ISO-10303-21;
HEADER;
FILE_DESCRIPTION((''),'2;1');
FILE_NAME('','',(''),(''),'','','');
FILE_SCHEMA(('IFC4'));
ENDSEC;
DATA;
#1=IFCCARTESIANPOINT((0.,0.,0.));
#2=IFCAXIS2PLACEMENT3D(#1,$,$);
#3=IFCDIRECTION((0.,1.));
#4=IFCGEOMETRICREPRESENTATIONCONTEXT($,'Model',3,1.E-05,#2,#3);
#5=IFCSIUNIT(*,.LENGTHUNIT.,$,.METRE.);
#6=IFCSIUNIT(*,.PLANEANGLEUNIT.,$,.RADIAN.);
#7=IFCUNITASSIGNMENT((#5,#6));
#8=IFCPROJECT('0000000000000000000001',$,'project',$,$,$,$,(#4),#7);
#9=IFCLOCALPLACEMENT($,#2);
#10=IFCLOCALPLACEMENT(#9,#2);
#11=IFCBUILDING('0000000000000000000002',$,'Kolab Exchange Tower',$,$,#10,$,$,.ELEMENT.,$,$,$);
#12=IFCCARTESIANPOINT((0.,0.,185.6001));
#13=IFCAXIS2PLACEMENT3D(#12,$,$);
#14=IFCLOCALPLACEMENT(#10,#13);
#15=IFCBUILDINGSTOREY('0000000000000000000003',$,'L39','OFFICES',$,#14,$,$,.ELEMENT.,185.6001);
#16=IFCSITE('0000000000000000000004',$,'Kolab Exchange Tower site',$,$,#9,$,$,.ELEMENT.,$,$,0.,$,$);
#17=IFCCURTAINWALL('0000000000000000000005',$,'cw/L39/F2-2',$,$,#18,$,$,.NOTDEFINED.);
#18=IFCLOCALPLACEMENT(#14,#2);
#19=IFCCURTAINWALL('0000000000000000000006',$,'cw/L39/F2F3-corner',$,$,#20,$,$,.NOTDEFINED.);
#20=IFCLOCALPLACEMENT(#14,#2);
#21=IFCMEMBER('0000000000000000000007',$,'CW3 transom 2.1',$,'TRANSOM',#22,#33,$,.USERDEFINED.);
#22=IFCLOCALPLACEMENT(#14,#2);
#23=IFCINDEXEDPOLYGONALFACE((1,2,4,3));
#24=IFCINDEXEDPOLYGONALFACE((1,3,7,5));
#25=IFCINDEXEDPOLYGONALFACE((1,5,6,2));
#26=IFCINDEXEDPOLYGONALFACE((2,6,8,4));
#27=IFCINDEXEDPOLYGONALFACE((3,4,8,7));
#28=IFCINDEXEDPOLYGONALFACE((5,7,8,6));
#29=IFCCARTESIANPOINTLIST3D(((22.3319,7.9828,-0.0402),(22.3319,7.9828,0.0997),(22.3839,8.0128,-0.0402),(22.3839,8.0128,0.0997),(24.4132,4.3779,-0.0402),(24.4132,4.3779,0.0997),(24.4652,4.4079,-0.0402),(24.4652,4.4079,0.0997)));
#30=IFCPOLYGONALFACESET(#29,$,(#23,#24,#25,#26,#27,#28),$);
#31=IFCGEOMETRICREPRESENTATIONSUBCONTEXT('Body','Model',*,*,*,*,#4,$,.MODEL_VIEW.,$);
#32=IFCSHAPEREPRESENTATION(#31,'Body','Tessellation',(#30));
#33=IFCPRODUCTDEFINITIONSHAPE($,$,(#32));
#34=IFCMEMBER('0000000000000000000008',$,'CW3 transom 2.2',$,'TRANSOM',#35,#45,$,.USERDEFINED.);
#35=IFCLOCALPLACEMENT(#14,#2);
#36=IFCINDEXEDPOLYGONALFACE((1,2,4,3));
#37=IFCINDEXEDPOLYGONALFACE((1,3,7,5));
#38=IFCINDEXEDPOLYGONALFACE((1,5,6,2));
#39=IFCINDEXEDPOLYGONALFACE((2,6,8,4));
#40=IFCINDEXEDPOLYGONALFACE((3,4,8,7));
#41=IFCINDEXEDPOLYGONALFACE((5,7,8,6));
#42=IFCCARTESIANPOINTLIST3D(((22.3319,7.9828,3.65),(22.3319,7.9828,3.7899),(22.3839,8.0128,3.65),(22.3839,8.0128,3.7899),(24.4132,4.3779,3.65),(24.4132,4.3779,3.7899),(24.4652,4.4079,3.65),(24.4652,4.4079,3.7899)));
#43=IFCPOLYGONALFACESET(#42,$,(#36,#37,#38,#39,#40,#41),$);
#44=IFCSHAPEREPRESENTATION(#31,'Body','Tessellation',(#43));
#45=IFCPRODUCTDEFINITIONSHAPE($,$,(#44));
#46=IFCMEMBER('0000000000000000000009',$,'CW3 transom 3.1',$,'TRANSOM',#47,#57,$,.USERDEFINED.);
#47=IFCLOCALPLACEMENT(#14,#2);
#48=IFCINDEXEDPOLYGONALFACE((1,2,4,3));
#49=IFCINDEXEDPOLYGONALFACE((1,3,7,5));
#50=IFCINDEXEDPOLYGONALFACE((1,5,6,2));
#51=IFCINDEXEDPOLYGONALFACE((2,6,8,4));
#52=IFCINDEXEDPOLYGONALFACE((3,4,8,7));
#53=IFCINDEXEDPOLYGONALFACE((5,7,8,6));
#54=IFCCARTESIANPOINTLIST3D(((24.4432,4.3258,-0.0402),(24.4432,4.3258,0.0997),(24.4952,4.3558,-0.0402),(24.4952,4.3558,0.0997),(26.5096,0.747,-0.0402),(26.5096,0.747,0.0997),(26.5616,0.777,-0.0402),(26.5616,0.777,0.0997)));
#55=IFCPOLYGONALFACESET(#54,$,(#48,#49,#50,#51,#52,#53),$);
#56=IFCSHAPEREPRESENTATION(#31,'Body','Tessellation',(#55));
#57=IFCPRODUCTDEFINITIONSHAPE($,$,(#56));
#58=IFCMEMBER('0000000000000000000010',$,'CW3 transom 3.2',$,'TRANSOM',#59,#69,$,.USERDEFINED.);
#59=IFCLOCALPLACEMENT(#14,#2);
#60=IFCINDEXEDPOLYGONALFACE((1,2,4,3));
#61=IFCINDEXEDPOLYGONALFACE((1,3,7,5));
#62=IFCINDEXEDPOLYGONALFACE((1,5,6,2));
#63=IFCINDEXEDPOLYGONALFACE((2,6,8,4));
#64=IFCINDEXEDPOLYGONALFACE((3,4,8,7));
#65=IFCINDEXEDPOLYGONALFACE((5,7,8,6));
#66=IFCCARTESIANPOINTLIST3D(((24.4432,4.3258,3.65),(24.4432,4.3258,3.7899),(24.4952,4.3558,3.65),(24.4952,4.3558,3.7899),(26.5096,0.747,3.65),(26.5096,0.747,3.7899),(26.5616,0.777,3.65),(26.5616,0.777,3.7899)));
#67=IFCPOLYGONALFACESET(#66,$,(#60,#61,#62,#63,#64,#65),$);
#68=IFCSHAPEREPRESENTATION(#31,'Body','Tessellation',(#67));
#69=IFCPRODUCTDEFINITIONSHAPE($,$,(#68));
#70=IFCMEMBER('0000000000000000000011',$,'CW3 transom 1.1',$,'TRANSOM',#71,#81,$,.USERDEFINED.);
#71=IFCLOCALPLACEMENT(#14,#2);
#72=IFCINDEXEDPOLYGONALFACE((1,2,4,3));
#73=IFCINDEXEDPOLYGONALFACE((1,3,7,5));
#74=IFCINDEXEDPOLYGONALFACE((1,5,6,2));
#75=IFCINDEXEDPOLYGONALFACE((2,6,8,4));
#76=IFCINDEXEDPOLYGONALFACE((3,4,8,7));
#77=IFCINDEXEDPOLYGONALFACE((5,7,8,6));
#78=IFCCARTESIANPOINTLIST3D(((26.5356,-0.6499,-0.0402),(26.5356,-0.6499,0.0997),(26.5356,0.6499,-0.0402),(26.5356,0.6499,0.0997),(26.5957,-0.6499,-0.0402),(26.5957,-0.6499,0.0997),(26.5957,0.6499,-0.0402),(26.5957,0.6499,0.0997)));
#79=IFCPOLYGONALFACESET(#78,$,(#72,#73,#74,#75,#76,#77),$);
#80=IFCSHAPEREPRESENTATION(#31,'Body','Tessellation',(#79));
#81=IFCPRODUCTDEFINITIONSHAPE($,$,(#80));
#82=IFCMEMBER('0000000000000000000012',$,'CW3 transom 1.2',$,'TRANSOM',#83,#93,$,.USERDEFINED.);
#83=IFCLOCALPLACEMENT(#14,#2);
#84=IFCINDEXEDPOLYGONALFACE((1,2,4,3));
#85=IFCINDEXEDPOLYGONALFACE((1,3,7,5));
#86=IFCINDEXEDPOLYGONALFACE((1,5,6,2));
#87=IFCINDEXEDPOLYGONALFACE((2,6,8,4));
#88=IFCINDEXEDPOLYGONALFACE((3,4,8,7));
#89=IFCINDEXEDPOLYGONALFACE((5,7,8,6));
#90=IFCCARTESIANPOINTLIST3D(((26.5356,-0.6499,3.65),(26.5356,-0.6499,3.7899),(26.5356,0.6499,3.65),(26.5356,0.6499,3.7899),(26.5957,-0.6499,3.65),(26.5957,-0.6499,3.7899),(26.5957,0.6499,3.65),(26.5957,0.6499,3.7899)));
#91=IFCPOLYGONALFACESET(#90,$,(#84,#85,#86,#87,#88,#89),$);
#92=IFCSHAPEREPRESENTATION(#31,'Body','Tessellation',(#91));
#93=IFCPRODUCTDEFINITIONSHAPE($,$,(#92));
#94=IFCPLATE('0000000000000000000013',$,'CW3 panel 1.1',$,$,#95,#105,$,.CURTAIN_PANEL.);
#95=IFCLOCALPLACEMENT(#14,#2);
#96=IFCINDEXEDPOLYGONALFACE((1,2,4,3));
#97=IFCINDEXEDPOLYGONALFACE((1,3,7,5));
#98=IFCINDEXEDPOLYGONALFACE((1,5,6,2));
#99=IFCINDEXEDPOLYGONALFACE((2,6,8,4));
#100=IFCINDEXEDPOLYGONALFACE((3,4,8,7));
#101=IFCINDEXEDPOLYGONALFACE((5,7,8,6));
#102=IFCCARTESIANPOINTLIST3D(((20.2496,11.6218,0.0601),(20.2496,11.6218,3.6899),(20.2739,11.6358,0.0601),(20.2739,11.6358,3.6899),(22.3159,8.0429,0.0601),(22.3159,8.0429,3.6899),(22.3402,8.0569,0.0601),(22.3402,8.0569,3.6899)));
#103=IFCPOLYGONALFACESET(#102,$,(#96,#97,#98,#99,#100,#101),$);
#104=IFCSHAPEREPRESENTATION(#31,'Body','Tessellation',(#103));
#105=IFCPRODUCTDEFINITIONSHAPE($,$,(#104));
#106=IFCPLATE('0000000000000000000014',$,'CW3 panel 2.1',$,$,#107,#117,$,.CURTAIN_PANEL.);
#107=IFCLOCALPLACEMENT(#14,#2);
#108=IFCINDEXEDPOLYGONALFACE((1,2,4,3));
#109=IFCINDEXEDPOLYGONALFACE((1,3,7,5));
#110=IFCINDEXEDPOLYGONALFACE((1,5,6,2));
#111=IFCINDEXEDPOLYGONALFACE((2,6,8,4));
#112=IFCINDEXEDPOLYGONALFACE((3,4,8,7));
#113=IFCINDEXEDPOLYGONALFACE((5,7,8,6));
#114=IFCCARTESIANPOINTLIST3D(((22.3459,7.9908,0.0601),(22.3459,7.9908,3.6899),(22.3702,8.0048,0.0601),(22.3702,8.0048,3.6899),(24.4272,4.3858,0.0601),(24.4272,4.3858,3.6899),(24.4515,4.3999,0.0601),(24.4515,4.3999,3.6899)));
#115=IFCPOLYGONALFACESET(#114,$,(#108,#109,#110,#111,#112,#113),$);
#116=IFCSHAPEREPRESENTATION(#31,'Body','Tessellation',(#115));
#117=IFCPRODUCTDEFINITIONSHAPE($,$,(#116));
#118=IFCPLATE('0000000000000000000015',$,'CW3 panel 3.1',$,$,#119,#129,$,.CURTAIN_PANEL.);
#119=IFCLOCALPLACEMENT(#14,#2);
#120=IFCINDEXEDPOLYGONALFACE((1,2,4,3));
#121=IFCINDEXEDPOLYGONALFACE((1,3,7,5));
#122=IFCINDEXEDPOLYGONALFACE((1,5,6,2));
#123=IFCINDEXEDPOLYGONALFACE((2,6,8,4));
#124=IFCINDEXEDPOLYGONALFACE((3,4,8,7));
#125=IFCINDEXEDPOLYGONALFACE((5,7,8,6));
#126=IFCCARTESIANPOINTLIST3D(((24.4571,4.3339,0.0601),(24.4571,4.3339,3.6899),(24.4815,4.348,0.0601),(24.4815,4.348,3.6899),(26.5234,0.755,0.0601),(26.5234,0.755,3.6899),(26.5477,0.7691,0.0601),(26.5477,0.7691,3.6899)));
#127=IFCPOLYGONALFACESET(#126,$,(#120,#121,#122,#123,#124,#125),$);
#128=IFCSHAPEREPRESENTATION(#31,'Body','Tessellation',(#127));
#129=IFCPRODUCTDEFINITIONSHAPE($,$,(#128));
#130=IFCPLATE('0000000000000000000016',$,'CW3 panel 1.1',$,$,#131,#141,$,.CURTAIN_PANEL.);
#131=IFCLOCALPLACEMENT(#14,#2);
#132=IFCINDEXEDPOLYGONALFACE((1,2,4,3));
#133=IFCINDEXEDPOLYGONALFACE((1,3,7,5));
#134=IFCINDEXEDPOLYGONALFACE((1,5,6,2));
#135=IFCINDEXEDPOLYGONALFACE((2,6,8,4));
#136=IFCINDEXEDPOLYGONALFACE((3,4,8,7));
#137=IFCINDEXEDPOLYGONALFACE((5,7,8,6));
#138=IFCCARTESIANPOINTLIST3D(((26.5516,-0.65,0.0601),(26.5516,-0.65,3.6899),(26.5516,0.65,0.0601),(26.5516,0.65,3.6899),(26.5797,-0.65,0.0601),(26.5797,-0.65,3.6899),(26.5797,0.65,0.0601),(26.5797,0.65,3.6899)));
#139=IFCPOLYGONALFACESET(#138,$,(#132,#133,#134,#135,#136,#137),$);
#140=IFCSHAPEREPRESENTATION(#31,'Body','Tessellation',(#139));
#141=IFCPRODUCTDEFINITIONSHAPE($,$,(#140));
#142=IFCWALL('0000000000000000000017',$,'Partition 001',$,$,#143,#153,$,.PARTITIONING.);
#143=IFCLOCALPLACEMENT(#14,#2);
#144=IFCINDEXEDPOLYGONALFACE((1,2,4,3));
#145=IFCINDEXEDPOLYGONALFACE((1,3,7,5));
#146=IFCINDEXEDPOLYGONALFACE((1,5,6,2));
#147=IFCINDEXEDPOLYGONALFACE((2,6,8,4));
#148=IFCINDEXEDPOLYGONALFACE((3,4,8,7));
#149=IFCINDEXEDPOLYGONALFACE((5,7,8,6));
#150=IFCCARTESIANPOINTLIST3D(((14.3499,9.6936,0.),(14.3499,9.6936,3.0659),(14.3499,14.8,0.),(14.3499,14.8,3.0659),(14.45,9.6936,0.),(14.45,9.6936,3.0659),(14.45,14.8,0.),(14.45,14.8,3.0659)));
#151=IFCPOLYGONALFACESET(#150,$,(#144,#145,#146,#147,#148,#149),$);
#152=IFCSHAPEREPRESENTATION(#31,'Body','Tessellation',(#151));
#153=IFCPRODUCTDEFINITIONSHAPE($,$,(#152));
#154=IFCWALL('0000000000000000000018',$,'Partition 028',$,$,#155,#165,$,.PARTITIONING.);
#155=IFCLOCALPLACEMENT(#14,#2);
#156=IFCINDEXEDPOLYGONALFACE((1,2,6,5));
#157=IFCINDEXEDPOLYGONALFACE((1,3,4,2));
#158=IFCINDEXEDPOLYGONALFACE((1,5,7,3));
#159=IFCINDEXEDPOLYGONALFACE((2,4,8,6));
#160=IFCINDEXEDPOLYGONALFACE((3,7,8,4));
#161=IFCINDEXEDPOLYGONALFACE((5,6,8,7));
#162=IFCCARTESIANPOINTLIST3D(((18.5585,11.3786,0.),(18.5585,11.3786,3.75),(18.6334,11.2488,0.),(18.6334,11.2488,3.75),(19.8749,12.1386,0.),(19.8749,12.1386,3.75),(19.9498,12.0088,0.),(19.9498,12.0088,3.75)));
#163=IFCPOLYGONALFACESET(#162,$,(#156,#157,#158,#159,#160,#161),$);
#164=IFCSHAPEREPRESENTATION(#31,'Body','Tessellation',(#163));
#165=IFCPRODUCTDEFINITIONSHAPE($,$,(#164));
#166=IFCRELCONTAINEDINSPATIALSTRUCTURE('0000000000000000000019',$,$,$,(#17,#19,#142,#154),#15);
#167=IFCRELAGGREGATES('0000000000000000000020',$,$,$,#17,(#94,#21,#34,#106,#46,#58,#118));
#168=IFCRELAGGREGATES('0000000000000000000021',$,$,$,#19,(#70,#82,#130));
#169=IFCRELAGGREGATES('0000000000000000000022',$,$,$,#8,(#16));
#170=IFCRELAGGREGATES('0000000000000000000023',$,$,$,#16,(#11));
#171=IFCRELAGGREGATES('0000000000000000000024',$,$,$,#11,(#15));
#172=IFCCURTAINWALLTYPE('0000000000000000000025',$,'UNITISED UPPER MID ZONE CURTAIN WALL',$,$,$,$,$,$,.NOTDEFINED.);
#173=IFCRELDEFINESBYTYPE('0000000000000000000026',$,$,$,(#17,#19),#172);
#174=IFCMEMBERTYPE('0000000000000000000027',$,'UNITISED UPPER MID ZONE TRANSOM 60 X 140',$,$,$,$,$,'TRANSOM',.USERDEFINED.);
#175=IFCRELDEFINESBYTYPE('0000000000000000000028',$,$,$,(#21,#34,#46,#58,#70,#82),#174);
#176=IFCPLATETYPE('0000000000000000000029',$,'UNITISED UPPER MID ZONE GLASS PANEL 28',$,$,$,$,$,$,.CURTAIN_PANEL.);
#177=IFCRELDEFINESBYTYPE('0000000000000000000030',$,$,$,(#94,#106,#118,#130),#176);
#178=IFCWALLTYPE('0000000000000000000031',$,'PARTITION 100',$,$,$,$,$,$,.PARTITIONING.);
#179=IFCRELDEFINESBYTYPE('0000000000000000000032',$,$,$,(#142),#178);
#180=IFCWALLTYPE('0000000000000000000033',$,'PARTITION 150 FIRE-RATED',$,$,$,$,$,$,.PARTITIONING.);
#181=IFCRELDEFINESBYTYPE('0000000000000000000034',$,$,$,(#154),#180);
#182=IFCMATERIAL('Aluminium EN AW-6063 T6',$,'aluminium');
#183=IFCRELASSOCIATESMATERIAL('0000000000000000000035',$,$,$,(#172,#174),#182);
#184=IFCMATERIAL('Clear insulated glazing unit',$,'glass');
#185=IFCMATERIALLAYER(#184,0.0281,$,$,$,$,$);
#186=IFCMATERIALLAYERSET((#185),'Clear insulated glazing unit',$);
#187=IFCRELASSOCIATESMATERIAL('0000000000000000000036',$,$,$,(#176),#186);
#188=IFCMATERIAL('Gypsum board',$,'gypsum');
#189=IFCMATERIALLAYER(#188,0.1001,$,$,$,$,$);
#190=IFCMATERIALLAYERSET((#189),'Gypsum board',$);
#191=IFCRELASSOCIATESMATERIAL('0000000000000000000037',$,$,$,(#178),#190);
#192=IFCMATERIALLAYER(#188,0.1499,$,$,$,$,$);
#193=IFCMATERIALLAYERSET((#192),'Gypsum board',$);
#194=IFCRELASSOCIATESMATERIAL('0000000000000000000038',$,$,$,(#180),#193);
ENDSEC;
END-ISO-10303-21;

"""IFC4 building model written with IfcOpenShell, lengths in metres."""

from ifc_helpers import new_model, si_unit, direction, frame, frame_2d, origin, origin_2d, place, context, subcontext, project, spatial, rectangle, extrude, material, layer, layer_set, material_profile, profile_set, type_object, element, aggregate, save


model = new_model("IFC4")

# Units and contexts
model_context = context("Model", 3, precision=1e-05, world=origin(), true_north=direction((0.0, 1.0)))
body_context = subcontext(model_context, "Body", "Model", "MODEL_VIEW")
ifc_project = project(units=[si_unit("LENGTHUNIT", "METRE"), si_unit("PLANEANGLEUNIT", "RADIAN")], contexts=[model_context])

# Site, building, storey
site_placement = place(None, origin())
site = spatial("IfcSite", under=ifc_project, at=site_placement, Name="Kolab Exchange Tower site", CompositionType="ELEMENT", RefElevation=0.0)
building_placement = place(site_placement, origin())
building = spatial("IfcBuilding", under=site, at=building_placement, Name="Kolab Exchange Tower", CompositionType="ELEMENT")
storey_placement = place(building_placement, frame((0.0, 0.0, 185.6001)))
storey = spatial("IfcBuildingStorey", under=building, at=storey_placement, Name="L39", Description="OFFICES", CompositionType="ELEMENT", Elevation=185.6001)

# Curtain wall
ifc_material_1 = material(Name="Aluminium EN AW-6063 T6", Category="aluminium")
curtain_wall_type = type_object("IfcCurtainWallType", Name="UNITISED UPPER MID ZONE CURTAIN WALL", PredefinedType="NOTDEFINED", material=ifc_material_1)
curtain_wall_1_placement = place(storey_placement, origin())
curtain_wall_1 = element("IfcCurtainWall", 1, at=curtain_wall_1_placement, inside=storey, type_object=curtain_wall_type, Name="cw/L39/F2-2", PredefinedType="NOTDEFINED")

# Curtain wall
curtain_wall_2_placement = place(storey_placement, origin())
curtain_wall_2 = element("IfcCurtainWall", 2, at=curtain_wall_2_placement, inside=storey, type_object=curtain_wall_type, Name="cw/L39/F2F3-corner", PredefinedType="NOTDEFINED")

# Members
ifc_material_profile_1 = material_profile(ifc_material_1, rectangle(XDim=0.0601, YDim=0.1399, at=origin_2d()), Name="RECT 60X140")
ifc_profile_set_1 = profile_set([ifc_material_profile_1], Name="Aluminium EN AW-6063 T6")
member_type_1 = type_object("IfcMemberType", Name="UNITISED UPPER MID ZONE TRANSOM 60 X 140", ElementType="TRANSOM", PredefinedType="USERDEFINED", material=ifc_profile_set_1)
member_1_placement = place(storey_placement, frame((22.3579, 7.9978, 0.0298), z_axis=(0.499993, -0.866029, 0.0), x_axis=(0.866029, 0.499993, 0.0)))
member_1 = element("IfcMember", 3, at=member_1_placement, type_object=member_type_1, Name="CW3 transom 2.1", ObjectType="TRANSOM", PredefinedType="USERDEFINED", context=body_context, shape_type="SweptSolid", body=[
    extrude(rectangle(XDim=0.0601, YDim=0.1399, at=origin_2d()), origin(), (0.0, 0.0, 1.0), 4.1626),
])
member_2_placement = place(storey_placement, frame((22.3579, 7.9978, 3.72), z_axis=(0.499993, -0.866029, 0.0), x_axis=(0.866029, 0.499993, 0.0)))
member_2 = element("IfcMember", 4, at=member_2_placement, type_object=member_type_1, Name="CW3 transom 2.2", ObjectType="TRANSOM", PredefinedType="USERDEFINED", context=body_context, shape_type="SweptSolid", body=[
    extrude(rectangle(XDim=0.0601, YDim=0.1399, at=origin_2d()), origin(), (0.0, 0.0, 1.0), 4.1626),
])
member_3_placement = place(storey_placement, frame((24.4692, 4.3408, 0.0298), z_axis=(0.500028, -0.866009, 0.0), x_axis=(0.866009, 0.500028, 0.0)))
member_3 = element("IfcMember", 5, at=member_3_placement, type_object=member_type_1, Name="CW3 transom 3.1", ObjectType="TRANSOM", PredefinedType="USERDEFINED", context=body_context, shape_type="SweptSolid", body=[
    extrude(rectangle(XDim=0.0601, YDim=0.1399, at=origin_2d()), origin(), (0.0, 0.0, 1.0), 4.1326),
])
member_4_placement = place(storey_placement, frame((24.4692, 4.3408, 3.72), z_axis=(0.500028, -0.866009, 0.0), x_axis=(0.866009, 0.500028, 0.0)))
member_4 = element("IfcMember", 6, at=member_4_placement, type_object=member_type_1, Name="CW3 transom 3.2", ObjectType="TRANSOM", PredefinedType="USERDEFINED", context=body_context, shape_type="SweptSolid", body=[
    extrude(rectangle(XDim=0.0601, YDim=0.1399, at=origin_2d()), origin(), (0.0, 0.0, 1.0), 4.1326),
])
member_5_placement = place(storey_placement, frame((26.5657, 0.6499, 0.0298), z_axis=(0.0, -1.0, 0.0), x_axis=(1.0, 0.0, 0.0)))
member_5 = element("IfcMember", 7, at=member_5_placement, type_object=member_type_1, Name="CW3 transom 1.1", ObjectType="TRANSOM", PredefinedType="USERDEFINED", context=body_context, shape_type="SweptSolid", body=[
    extrude(rectangle(XDim=0.0601, YDim=0.1399, at=origin_2d()), origin(), (0.0, 0.0, 1.0), 1.2998),
])
member_6_placement = place(storey_placement, frame((26.5657, 0.6499, 3.72), z_axis=(0.0, -1.0, 0.0), x_axis=(1.0, 0.0, 0.0)))
member_6 = element("IfcMember", 8, at=member_6_placement, type_object=member_type_1, Name="CW3 transom 1.2", ObjectType="TRANSOM", PredefinedType="USERDEFINED", context=body_context, shape_type="SweptSolid", body=[
    extrude(rectangle(XDim=0.0601, YDim=0.1399, at=origin_2d()), origin(), (0.0, 0.0, 1.0), 1.2998),
])

# Plates
ifc_material_2 = material(Name="Clear insulated glazing unit", Category="glass")
ifc_layer_1 = layer(ifc_material_2, 0.0281)
ifc_layer_set_1 = layer_set([ifc_layer_1], Name="Clear insulated glazing unit")
plate_type = type_object("IfcPlateType", Name="UNITISED UPPER MID ZONE GLASS PANEL 28", PredefinedType="CURTAIN_PANEL", material=ifc_layer_set_1)
plate_1_placement = place(storey_placement, frame((21.2949, 9.8394, 0.0601), z_axis=(0.0, 0.0, 1.0), x_axis=(0.5, -0.866025, 0.0)))
plate_1 = element("IfcPlate", 9, at=plate_1_placement, type_object=plate_type, Name="CW3 panel 1.1", PredefinedType="CURTAIN_PANEL", context=body_context, shape_type="SweptSolid", body=[
    extrude(rectangle(XDim=4.1326, YDim=0.0281, at=origin_2d()), origin(), (0.0, 0.0, 1.0), 3.6299),
])
plate_2_placement = place(storey_placement, frame((23.3987, 6.1953, 0.0601), z_axis=(0.0, 0.0, 1.0), x_axis=(0.5, -0.866025, 0.0)))
plate_2 = element("IfcPlate", 10, at=plate_2_placement, type_object=plate_type, Name="CW3 panel 2.1", PredefinedType="CURTAIN_PANEL", context=body_context, shape_type="SweptSolid", body=[
    extrude(rectangle(XDim=4.1626, YDim=0.0281, at=origin_2d()), origin(), (0.0, 0.0, 1.0), 3.6299),
])
plate_3_placement = place(storey_placement, frame((25.5024, 2.5515, 0.0601), z_axis=(0.0, 0.0, 1.0), x_axis=(0.5, -0.866025, 0.0)))
plate_3 = element("IfcPlate", 11, at=plate_3_placement, type_object=plate_type, Name="CW3 panel 3.1", PredefinedType="CURTAIN_PANEL", context=body_context, shape_type="SweptSolid", body=[
    extrude(rectangle(XDim=4.1326, YDim=0.0281, at=origin_2d()), origin(), (0.0, 0.0, 1.0), 3.6299),
])
aggregate(curtain_wall_1, [plate_1, member_1, member_2, plate_2, member_3, member_4, plate_3])
plate_4_placement = place(storey_placement, frame((26.5657, 0.0, 0.0601), z_axis=(0.0, 0.0, 1.0), x_axis=(0.0, -1.0, 0.0)))
plate_4 = element("IfcPlate", 12, at=plate_4_placement, type_object=plate_type, Name="CW3 panel 1.1", PredefinedType="CURTAIN_PANEL", context=body_context, shape_type="SweptSolid", body=[
    extrude(rectangle(XDim=1.3, YDim=0.0281, at=origin_2d()), origin(), (0.0, 0.0, 1.0), 3.6299),
])
aggregate(curtain_wall_2, [member_5, member_6, plate_4])

# Walls
ifc_material_3 = material(Name="Gypsum board", Category="gypsum")
ifc_layer_2 = layer(ifc_material_3, 0.1001)
ifc_layer_set_2 = layer_set([ifc_layer_2], Name="Gypsum board")
wall_type_1 = type_object("IfcWallType", Name="PARTITION 100", PredefinedType="PARTITIONING", material=ifc_layer_set_2)
wall_1_placement = place(storey_placement, frame((14.3999, 9.6936, 0.0), z_axis=(0.0, 0.0, 1.0), x_axis=(0.0, 1.0, 0.0)))
element("IfcWall", 13, at=wall_1_placement, inside=storey, type_object=wall_type_1, Name="Partition 001", PredefinedType="PARTITIONING", context=body_context, shape_type="SweptSolid", body=[
    extrude(rectangle(XDim=5.1064, YDim=0.1001, at=frame_2d((2.5532, 0.0))), origin(), (0.0, 0.0, 1.0), 3.0659),
])
ifc_layer_3 = layer(ifc_material_3, 0.1499)
ifc_layer_set_3 = layer_set([ifc_layer_3], Name="Gypsum board")
wall_type_2 = type_object("IfcWallType", Name="PARTITION 150 FIRE-RATED", PredefinedType="PARTITIONING", material=ifc_layer_set_3)
wall_2_placement = place(storey_placement, frame((18.5959, 11.3137, 0.0), z_axis=(0.0, 0.0, 1.0), x_axis=(0.86603, 0.499991, 0.0)))
element("IfcWall", 14, at=wall_2_placement, inside=storey, type_object=wall_type_2, Name="Partition 028", PredefinedType="PARTITIONING", context=body_context, shape_type="SweptSolid", body=[
    extrude(rectangle(XDim=1.52, YDim=0.1499, at=frame_2d((0.76, 0.0))), origin(), (0.0, 0.0, 1.0), 3.75),
])

save(model, "model.ifc")
